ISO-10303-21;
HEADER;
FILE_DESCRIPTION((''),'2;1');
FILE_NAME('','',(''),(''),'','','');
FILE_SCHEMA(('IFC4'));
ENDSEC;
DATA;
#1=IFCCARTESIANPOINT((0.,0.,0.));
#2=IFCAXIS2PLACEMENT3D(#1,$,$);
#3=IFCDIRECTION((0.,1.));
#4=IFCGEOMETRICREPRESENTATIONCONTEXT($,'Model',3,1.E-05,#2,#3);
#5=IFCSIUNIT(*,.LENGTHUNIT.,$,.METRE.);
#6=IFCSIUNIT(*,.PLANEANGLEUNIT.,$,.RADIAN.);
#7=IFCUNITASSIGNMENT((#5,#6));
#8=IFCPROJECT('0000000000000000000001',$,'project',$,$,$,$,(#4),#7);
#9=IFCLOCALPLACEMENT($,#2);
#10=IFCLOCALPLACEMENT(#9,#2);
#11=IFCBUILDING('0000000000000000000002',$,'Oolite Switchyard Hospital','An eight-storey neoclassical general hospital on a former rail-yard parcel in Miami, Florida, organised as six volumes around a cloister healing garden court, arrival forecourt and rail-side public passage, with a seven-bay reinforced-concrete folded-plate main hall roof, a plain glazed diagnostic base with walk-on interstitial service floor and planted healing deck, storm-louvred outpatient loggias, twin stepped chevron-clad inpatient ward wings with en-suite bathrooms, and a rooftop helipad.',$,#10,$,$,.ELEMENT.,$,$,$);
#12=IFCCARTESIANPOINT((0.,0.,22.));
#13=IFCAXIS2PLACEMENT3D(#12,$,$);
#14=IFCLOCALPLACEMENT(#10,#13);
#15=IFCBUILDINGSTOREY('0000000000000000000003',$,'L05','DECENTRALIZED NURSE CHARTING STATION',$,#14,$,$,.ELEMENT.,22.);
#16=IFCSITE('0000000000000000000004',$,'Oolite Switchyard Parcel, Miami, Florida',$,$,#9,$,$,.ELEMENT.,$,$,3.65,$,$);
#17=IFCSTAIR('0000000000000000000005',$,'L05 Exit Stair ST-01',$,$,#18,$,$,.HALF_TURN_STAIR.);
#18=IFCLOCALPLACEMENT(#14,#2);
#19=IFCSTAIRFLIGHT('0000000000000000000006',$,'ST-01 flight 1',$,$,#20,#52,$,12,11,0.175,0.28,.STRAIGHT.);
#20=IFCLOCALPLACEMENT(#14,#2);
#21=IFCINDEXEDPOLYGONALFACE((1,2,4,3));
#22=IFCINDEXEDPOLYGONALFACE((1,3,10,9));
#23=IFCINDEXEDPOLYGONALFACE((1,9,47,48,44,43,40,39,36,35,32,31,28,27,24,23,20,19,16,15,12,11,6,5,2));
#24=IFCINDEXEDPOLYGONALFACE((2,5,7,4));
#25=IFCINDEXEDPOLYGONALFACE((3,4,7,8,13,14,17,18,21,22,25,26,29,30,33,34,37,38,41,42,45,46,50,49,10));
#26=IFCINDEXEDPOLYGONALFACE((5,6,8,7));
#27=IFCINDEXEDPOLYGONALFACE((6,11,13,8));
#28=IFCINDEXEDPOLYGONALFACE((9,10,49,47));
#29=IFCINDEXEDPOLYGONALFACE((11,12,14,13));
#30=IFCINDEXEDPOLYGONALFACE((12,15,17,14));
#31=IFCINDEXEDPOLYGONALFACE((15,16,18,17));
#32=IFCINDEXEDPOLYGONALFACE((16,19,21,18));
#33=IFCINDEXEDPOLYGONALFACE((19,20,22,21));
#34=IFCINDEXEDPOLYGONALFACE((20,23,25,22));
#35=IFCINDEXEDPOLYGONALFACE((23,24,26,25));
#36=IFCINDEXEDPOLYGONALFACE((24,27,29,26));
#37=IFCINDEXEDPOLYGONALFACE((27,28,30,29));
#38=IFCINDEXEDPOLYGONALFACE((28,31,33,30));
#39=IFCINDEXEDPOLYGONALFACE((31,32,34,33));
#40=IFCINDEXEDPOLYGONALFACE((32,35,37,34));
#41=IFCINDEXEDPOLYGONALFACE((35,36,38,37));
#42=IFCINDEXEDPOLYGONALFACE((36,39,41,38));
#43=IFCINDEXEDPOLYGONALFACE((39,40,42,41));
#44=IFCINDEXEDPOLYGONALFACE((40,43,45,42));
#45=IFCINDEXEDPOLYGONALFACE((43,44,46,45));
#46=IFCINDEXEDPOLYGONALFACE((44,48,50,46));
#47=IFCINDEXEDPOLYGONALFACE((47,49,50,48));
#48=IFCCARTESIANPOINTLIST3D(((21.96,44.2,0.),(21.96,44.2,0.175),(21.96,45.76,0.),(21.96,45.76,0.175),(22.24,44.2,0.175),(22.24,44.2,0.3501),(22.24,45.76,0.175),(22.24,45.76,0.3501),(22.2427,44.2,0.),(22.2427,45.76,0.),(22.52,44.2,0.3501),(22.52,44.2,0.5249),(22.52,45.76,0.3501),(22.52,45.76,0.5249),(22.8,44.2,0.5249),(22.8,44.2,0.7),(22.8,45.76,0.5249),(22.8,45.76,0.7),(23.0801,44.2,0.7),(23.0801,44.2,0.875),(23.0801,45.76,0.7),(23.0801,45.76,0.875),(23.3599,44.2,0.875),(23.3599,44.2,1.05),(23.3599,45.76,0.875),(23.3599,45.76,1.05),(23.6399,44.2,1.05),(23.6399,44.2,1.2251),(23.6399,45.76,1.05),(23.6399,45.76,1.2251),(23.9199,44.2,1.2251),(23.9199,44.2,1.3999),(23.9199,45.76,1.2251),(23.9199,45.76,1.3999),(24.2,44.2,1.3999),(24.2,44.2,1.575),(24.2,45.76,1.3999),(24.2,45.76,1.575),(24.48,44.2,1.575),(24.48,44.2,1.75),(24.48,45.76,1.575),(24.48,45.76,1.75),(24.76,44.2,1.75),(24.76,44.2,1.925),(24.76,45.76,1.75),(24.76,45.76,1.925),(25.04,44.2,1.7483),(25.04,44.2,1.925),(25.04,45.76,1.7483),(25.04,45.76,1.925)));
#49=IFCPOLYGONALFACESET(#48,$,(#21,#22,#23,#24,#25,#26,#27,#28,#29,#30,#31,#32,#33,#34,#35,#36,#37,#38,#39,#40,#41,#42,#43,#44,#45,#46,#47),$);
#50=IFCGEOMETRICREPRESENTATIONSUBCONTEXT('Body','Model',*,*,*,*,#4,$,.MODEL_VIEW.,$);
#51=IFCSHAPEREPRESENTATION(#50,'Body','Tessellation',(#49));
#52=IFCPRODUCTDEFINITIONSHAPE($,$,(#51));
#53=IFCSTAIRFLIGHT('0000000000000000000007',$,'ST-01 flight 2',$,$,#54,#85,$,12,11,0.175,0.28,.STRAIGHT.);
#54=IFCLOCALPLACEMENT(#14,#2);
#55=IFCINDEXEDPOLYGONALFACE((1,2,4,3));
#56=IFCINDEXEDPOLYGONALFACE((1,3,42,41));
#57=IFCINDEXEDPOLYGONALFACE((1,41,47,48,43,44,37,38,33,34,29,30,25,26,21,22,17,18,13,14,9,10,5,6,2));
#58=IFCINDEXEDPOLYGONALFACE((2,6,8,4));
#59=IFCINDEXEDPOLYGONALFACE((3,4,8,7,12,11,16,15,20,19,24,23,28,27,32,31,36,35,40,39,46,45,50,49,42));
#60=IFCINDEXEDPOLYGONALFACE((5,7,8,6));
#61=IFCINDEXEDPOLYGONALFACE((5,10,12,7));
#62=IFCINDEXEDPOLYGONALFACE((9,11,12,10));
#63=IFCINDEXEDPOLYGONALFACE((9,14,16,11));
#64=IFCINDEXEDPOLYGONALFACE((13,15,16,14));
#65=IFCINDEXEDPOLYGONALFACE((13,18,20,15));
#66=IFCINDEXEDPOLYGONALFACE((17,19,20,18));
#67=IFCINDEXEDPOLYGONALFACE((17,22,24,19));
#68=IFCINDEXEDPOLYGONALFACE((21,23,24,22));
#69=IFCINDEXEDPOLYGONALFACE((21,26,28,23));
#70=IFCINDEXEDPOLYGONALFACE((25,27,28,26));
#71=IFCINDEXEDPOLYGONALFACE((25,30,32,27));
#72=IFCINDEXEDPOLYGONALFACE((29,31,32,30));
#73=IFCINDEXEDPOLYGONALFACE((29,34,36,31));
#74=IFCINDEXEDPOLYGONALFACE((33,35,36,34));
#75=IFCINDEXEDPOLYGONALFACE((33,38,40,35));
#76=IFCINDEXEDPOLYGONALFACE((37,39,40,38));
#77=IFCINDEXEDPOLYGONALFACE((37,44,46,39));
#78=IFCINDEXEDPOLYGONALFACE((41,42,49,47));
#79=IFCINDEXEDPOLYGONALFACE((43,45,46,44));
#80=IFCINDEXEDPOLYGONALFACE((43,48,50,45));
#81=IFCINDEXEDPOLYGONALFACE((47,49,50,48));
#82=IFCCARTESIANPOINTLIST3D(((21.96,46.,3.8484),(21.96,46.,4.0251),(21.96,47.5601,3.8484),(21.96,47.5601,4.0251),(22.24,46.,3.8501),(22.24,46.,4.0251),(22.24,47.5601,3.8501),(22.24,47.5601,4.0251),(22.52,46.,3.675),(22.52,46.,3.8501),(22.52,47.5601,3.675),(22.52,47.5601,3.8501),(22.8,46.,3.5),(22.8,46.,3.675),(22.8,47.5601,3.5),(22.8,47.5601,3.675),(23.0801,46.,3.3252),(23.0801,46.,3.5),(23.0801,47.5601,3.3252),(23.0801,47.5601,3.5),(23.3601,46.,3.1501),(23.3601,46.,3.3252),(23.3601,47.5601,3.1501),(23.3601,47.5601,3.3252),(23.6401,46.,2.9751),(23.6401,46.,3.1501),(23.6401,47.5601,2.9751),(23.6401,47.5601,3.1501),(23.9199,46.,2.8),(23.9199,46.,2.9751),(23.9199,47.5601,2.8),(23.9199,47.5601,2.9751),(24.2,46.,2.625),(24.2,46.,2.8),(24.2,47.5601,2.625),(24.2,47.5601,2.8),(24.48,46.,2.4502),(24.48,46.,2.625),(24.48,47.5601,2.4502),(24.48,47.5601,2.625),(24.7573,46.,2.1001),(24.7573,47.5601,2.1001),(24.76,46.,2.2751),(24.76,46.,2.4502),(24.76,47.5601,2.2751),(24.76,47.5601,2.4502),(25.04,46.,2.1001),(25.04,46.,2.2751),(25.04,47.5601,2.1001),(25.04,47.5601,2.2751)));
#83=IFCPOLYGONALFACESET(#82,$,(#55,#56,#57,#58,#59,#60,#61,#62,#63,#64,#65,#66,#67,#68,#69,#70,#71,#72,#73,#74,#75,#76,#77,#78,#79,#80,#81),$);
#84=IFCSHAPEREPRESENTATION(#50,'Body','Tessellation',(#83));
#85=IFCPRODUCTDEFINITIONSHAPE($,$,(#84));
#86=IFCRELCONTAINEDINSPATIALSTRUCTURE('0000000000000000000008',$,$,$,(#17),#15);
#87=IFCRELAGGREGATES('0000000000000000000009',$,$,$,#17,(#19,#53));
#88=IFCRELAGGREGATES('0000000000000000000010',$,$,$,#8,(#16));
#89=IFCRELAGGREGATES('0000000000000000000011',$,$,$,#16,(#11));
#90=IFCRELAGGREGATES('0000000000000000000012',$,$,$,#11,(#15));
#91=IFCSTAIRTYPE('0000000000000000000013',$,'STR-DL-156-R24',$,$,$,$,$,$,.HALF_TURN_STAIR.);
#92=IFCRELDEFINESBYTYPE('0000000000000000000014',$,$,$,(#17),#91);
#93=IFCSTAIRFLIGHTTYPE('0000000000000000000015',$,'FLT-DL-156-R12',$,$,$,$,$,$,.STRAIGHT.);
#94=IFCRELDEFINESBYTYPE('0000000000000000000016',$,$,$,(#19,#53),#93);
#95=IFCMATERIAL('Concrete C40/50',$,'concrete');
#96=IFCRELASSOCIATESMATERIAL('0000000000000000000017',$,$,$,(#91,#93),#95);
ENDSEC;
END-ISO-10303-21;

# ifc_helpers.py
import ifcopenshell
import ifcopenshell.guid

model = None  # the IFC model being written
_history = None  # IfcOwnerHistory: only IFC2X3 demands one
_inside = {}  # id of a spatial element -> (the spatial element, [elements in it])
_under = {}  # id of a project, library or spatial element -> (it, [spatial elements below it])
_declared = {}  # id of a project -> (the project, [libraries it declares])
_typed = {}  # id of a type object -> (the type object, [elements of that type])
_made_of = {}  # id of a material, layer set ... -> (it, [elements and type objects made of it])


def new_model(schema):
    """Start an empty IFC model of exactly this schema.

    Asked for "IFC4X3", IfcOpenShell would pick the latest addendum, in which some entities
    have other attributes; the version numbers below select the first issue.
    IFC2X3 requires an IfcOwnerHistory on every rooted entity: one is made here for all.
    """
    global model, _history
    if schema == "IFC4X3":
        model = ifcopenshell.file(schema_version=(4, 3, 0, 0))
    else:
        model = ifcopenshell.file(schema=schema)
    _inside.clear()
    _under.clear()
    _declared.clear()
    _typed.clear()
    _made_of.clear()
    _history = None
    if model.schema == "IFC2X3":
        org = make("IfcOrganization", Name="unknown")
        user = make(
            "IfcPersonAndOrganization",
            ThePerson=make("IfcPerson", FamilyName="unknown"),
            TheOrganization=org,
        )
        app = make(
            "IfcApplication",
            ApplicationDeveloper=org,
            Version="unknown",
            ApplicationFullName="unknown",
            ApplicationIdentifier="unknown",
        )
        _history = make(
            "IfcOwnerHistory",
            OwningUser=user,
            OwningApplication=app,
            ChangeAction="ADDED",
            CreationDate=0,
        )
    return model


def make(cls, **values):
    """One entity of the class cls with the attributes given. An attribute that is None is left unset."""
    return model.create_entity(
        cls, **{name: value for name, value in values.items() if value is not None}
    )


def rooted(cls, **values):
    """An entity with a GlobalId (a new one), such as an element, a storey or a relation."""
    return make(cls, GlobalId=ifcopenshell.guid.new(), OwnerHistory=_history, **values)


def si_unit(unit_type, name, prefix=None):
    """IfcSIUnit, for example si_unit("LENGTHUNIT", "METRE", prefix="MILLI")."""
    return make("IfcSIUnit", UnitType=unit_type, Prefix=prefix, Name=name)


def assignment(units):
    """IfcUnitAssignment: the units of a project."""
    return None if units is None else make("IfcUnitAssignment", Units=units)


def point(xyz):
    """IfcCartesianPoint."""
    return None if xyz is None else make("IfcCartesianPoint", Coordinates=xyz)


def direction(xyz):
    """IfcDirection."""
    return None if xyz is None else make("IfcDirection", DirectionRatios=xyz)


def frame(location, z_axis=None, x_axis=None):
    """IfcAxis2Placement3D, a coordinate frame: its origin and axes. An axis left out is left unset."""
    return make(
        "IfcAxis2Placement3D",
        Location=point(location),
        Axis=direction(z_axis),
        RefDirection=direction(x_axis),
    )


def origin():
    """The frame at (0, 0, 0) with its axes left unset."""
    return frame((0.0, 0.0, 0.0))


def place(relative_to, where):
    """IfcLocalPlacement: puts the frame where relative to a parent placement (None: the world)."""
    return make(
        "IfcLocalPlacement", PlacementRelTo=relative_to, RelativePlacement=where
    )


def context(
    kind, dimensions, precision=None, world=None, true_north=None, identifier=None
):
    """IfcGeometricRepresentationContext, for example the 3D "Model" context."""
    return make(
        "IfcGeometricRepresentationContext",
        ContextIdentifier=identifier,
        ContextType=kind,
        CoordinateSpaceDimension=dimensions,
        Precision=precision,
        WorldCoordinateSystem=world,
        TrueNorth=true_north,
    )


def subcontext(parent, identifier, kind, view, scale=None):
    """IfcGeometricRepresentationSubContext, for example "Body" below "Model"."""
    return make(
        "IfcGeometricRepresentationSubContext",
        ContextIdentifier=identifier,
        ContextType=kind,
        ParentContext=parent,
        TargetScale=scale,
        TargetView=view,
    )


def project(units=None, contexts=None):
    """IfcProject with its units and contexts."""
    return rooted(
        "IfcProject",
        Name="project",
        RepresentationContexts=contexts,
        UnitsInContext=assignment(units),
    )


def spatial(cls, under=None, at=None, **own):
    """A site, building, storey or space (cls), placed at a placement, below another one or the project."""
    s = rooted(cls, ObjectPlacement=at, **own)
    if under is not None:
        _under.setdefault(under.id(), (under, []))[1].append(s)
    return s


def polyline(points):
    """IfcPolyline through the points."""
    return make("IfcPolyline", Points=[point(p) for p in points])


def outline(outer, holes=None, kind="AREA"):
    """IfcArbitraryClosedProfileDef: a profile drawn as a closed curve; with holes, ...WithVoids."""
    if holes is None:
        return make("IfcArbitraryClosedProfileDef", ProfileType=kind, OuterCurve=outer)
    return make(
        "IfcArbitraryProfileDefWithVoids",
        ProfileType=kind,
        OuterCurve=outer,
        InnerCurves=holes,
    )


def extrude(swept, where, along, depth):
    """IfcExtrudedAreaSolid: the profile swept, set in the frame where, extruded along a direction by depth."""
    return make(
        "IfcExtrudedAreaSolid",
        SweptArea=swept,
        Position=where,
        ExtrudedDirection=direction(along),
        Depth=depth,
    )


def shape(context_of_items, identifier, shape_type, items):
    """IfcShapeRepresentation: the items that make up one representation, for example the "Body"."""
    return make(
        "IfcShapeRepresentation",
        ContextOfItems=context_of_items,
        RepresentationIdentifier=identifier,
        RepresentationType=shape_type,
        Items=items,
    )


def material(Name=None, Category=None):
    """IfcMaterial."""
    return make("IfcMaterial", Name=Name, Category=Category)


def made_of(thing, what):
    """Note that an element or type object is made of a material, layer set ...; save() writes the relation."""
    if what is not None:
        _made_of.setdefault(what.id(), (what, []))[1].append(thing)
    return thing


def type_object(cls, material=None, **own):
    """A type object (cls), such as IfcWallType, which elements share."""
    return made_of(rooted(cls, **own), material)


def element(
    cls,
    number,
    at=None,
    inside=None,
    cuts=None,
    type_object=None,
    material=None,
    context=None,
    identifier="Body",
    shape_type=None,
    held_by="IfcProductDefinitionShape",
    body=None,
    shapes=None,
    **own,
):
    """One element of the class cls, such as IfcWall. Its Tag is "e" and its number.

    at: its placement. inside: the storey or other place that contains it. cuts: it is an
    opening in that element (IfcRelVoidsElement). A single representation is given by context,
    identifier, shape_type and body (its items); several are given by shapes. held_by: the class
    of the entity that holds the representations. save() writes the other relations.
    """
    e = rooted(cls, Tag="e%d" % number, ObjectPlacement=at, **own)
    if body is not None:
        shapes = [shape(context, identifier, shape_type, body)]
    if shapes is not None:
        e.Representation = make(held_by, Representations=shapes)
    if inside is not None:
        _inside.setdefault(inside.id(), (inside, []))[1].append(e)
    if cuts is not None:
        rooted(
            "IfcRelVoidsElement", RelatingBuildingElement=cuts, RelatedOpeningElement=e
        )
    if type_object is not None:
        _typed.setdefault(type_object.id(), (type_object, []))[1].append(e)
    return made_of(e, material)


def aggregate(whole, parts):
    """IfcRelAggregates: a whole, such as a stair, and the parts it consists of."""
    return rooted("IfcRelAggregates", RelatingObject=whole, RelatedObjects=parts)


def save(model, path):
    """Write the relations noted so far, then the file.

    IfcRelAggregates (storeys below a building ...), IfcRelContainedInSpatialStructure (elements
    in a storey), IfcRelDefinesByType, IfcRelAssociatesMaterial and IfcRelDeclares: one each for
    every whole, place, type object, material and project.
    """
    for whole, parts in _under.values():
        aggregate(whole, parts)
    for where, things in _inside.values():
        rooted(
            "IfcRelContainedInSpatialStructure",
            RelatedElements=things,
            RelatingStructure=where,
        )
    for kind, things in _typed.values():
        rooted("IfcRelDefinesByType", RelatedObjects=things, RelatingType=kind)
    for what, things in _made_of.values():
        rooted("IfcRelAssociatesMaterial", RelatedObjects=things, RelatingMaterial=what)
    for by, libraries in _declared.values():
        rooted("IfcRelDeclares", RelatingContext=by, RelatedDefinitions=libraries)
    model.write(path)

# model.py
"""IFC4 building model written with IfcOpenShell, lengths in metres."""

from ifc_helpers import new_model, si_unit, direction, frame, origin, place, context, subcontext, project, spatial, polyline, outline, extrude, material, type_object, element, aggregate, save


model = new_model("IFC4")

# Units and contexts
model_context = context("Model", 3, precision=1e-05, world=origin(), true_north=direction((0.0, 1.0)))
body_context = subcontext(model_context, "Body", "Model", "MODEL_VIEW")
ifc_project = project(units=[si_unit("LENGTHUNIT", "METRE"), si_unit("PLANEANGLEUNIT", "RADIAN")], contexts=[model_context])

# Site, building, storey
site_placement = place(None, origin())
site = spatial("IfcSite", under=ifc_project, at=site_placement, Name="Oolite Switchyard Parcel, Miami, Florida", CompositionType="ELEMENT", RefElevation=3.65)
building_placement = place(site_placement, origin())
building = spatial("IfcBuilding", under=site, at=building_placement, Name="Oolite Switchyard Hospital", Description="An eight-storey neoclassical general hospital on a former rail-yard parcel in Miami, Florida, organised as six volumes around a cloister healing garden court, arrival forecourt and rail-side public passage, with a seven-bay reinforced-concrete folded-plate main hall roof, a plain glazed diagnostic base with walk-on interstitial service floor and planted healing deck, storm-louvred outpatient loggias, twin stepped chevron-clad inpatient ward wings with en-suite bathrooms, and a rooftop helipad.", CompositionType="ELEMENT")
storey_placement = place(building_placement, frame((0.0, 0.0, 22.0)))
storey = spatial("IfcBuildingStorey", under=building, at=storey_placement, Name="L05", Description="DECENTRALIZED NURSE CHARTING STATION", CompositionType="ELEMENT", Elevation=22.0)

# Shared definitions
ifc_material_1 = material(Name="Concrete C40/50", Category="concrete")

# Stair, stair flights
stair_type = type_object("IfcStairType", Name="STR-DL-156-R24", PredefinedType="HALF_TURN_STAIR", material=ifc_material_1)
stair_placement = place(storey_placement, origin())
stair = element("IfcStair", 1, at=stair_placement, inside=storey, type_object=stair_type, Name="L05 Exit Stair ST-01", PredefinedType="HALF_TURN_STAIR")
stair_flight_type = type_object("IfcStairFlightType", Name="FLT-DL-156-R12", PredefinedType="STRAIGHT", material=ifc_material_1)
stair_flight_1_placement = place(storey_placement, frame((21.96, 44.98, 0.0), z_axis=(0.0, 0.0, 1.0), x_axis=(1.0, 0.0, 0.0)))
stair_flight_1 = element("IfcStairFlight", 2, at=stair_flight_1_placement, type_object=stair_flight_type, Name="ST-01 flight 1", NumberOfRisers=12, NumberOfTreads=11, PredefinedType="STRAIGHT", RiserHeight=0.175, TreadLength=0.28, context=body_context, shape_type="SweptSolid", body=[
    extrude(outline(polyline([(0.0, 0.0), (0.0, 0.175), (0.28, 0.175), (0.28, 0.3501), (0.5601, 0.3501), (0.5601, 0.5249), (0.8401, 0.5249), (0.8401, 0.7), (1.1201, 0.7), (1.1201, 0.875), (1.3999, 0.875), (1.3999, 1.05), (1.6799, 1.05), (1.6799, 1.2251), (1.96, 1.2251), (1.96, 1.3999), (2.24, 1.3999), (2.24, 1.575), (2.52, 1.575), (2.52, 1.75), (2.8, 1.75), (2.8, 1.925), (3.0801, 1.925), (3.0801, 2.1001), (3.0801, 1.7483), (0.2827, 0.0), (0.0, 0.0)])), frame((0.0, 0.78, 0.0), z_axis=(0.0, -1.0, 0.0), x_axis=(1.0, 0.0, 0.0)), (0.0, 0.0, 1.0), 1.5601),
])
stair_flight_2_placement = place(storey_placement, frame((25.04, 46.78, 2.1001), z_axis=(0.0, 0.0, 1.0), x_axis=(-1.0, 0.0, 0.0)))
stair_flight_2 = element("IfcStairFlight", 3, at=stair_flight_2_placement, type_object=stair_flight_type, Name="ST-01 flight 2", NumberOfRisers=12, NumberOfTreads=11, PredefinedType="STRAIGHT", RiserHeight=0.175, TreadLength=0.28, context=body_context, shape_type="SweptSolid", body=[
    extrude(outline(polyline([(0.0, 0.0), (0.0, 0.175), (0.28, 0.175), (0.28, 0.3501), (0.5601, 0.3501), (0.5601, 0.5249), (0.8401, 0.5249), (0.8401, 0.7), (1.1201, 0.7), (1.1201, 0.875), (1.3999, 0.875), (1.3999, 1.05), (1.6799, 1.05), (1.6799, 1.2251), (1.96, 1.2251), (1.96, 1.3999), (2.24, 1.3999), (2.24, 1.575), (2.52, 1.575), (2.52, 1.75), (2.8, 1.75), (2.8, 1.925), (3.0801, 1.925), (3.0801, 2.1001), (3.0801, 1.7483), (0.2827, 0.0), (0.0, 0.0)])), frame((0.0, 0.78, 0.0), z_axis=(0.0, -1.0, 0.0), x_axis=(1.0, 0.0, 0.0)), (0.0, 0.0, 1.0), 1.5601),
])
aggregate(stair, [stair_flight_1, stair_flight_2])

save(model, "model.ifc")
